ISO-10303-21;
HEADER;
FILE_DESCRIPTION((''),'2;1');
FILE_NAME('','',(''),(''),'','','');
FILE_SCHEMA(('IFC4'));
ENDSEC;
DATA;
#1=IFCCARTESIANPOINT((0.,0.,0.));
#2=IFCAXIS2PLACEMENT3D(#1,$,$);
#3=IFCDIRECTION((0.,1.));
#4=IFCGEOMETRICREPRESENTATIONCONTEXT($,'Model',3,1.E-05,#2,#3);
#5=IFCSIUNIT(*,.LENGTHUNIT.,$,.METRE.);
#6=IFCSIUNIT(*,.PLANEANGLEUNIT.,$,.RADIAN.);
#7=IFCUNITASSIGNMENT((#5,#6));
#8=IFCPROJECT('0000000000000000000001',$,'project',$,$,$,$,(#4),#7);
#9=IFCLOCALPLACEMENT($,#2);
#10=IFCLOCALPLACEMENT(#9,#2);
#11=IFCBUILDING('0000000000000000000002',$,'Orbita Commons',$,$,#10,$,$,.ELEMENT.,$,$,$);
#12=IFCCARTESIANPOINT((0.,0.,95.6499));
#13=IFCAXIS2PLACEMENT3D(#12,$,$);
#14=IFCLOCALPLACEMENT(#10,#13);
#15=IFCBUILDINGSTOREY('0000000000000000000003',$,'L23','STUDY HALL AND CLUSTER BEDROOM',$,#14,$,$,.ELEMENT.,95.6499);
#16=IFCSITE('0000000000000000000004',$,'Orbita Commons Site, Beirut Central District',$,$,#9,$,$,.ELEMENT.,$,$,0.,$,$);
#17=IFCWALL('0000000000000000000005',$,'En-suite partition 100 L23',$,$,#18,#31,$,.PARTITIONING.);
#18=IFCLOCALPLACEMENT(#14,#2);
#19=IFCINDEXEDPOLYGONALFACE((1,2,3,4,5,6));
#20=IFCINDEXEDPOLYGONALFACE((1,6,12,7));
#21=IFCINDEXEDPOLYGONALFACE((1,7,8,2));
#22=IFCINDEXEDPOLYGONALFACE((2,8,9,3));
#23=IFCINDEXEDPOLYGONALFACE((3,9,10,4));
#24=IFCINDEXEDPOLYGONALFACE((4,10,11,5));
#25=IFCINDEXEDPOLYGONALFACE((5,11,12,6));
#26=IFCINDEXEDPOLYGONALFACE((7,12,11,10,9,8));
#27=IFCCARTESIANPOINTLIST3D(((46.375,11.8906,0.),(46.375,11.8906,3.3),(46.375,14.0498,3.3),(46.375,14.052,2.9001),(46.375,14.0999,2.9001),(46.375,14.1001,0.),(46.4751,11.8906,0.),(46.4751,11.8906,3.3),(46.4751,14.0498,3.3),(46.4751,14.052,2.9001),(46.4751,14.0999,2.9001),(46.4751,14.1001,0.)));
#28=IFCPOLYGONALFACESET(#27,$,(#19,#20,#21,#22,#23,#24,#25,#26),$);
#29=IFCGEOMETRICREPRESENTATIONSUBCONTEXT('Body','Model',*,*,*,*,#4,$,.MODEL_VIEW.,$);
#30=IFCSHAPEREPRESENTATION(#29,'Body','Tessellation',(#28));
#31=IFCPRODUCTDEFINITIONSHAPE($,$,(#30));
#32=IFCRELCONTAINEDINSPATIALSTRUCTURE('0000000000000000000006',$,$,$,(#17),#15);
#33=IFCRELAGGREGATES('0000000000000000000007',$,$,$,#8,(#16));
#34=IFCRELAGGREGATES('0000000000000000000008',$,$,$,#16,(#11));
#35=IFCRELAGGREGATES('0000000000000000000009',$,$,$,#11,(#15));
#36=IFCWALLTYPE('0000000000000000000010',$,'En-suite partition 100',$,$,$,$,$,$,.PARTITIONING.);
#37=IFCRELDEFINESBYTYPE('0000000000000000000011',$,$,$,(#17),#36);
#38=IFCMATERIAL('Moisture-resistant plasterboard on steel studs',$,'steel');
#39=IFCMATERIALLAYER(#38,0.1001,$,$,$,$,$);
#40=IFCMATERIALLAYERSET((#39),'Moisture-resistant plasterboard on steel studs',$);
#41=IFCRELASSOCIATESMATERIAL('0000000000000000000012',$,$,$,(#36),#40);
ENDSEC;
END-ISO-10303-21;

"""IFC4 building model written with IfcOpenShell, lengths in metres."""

from ifc_helpers import new_model, si_unit, direction, frame, origin, place, context, subcontext, project, spatial, polyline, outline, extrude, material, layer, layer_set, type_object, element, save


model = new_model("IFC4")

# Units and contexts
model_context = context("Model", 3, precision=1e-05, world=origin(), true_north=direction((0.0, 1.0)))
body_context = subcontext(model_context, "Body", "Model", "MODEL_VIEW")
ifc_project = project(units=[si_unit("LENGTHUNIT", "METRE"), si_unit("PLANEANGLEUNIT", "RADIAN")], contexts=[model_context])

# Site, building, storey
site_placement = place(None, origin())
site = spatial("IfcSite", under=ifc_project, at=site_placement, Name="Orbita Commons Site, Beirut Central District", CompositionType="ELEMENT", RefElevation=0.0)
building_placement = place(site_placement, origin())
building = spatial("IfcBuilding", under=site, at=building_placement, Name="Orbita Commons", CompositionType="ELEMENT")
storey_placement = place(building_placement, frame((0.0, 0.0, 95.6499)))
storey = spatial("IfcBuildingStorey", under=building, at=storey_placement, Name="L23", Description="STUDY HALL AND CLUSTER BEDROOM", CompositionType="ELEMENT", Elevation=95.6499)

# Shared definitions
ifc_material_1 = material(Name="Moisture-resistant plasterboard on steel studs", Category="steel")
ifc_layer_1 = layer(ifc_material_1, 0.1001)
ifc_layer_set_1 = layer_set([ifc_layer_1], Name="Moisture-resistant plasterboard on steel studs")
wall_type_1 = type_object("IfcWallType", Name="En-suite partition 100", PredefinedType="PARTITIONING", material=ifc_layer_set_1)

# Wall
wall_1_placement = place(storey_placement, frame((46.425, 11.8906, 0.0), z_axis=(0.0, 0.0, 1.0), x_axis=(0.0, 1.0, 0.0)))
element("IfcWall", 1, at=wall_1_placement, inside=storey, type_object=wall_type_1, Name="En-suite partition 100 L23", PredefinedType="PARTITIONING", context=body_context, shape_type="SweptSolid", body=[
    extrude(outline(polyline([(0.0, 0.0), (2.2095, 0.0), (2.2092, 2.9001), (2.1614, 2.9001), (2.1592, 3.3), (0.0, 3.3), (0.0, 0.0)])), frame((0.0, 0.05, 0.0), z_axis=(0.0, -1.0, 0.0), x_axis=(1.0, 0.0, 0.0)), (0.0, 0.0, 1.0), 0.1001),
])

save(model, "model.ifc")
